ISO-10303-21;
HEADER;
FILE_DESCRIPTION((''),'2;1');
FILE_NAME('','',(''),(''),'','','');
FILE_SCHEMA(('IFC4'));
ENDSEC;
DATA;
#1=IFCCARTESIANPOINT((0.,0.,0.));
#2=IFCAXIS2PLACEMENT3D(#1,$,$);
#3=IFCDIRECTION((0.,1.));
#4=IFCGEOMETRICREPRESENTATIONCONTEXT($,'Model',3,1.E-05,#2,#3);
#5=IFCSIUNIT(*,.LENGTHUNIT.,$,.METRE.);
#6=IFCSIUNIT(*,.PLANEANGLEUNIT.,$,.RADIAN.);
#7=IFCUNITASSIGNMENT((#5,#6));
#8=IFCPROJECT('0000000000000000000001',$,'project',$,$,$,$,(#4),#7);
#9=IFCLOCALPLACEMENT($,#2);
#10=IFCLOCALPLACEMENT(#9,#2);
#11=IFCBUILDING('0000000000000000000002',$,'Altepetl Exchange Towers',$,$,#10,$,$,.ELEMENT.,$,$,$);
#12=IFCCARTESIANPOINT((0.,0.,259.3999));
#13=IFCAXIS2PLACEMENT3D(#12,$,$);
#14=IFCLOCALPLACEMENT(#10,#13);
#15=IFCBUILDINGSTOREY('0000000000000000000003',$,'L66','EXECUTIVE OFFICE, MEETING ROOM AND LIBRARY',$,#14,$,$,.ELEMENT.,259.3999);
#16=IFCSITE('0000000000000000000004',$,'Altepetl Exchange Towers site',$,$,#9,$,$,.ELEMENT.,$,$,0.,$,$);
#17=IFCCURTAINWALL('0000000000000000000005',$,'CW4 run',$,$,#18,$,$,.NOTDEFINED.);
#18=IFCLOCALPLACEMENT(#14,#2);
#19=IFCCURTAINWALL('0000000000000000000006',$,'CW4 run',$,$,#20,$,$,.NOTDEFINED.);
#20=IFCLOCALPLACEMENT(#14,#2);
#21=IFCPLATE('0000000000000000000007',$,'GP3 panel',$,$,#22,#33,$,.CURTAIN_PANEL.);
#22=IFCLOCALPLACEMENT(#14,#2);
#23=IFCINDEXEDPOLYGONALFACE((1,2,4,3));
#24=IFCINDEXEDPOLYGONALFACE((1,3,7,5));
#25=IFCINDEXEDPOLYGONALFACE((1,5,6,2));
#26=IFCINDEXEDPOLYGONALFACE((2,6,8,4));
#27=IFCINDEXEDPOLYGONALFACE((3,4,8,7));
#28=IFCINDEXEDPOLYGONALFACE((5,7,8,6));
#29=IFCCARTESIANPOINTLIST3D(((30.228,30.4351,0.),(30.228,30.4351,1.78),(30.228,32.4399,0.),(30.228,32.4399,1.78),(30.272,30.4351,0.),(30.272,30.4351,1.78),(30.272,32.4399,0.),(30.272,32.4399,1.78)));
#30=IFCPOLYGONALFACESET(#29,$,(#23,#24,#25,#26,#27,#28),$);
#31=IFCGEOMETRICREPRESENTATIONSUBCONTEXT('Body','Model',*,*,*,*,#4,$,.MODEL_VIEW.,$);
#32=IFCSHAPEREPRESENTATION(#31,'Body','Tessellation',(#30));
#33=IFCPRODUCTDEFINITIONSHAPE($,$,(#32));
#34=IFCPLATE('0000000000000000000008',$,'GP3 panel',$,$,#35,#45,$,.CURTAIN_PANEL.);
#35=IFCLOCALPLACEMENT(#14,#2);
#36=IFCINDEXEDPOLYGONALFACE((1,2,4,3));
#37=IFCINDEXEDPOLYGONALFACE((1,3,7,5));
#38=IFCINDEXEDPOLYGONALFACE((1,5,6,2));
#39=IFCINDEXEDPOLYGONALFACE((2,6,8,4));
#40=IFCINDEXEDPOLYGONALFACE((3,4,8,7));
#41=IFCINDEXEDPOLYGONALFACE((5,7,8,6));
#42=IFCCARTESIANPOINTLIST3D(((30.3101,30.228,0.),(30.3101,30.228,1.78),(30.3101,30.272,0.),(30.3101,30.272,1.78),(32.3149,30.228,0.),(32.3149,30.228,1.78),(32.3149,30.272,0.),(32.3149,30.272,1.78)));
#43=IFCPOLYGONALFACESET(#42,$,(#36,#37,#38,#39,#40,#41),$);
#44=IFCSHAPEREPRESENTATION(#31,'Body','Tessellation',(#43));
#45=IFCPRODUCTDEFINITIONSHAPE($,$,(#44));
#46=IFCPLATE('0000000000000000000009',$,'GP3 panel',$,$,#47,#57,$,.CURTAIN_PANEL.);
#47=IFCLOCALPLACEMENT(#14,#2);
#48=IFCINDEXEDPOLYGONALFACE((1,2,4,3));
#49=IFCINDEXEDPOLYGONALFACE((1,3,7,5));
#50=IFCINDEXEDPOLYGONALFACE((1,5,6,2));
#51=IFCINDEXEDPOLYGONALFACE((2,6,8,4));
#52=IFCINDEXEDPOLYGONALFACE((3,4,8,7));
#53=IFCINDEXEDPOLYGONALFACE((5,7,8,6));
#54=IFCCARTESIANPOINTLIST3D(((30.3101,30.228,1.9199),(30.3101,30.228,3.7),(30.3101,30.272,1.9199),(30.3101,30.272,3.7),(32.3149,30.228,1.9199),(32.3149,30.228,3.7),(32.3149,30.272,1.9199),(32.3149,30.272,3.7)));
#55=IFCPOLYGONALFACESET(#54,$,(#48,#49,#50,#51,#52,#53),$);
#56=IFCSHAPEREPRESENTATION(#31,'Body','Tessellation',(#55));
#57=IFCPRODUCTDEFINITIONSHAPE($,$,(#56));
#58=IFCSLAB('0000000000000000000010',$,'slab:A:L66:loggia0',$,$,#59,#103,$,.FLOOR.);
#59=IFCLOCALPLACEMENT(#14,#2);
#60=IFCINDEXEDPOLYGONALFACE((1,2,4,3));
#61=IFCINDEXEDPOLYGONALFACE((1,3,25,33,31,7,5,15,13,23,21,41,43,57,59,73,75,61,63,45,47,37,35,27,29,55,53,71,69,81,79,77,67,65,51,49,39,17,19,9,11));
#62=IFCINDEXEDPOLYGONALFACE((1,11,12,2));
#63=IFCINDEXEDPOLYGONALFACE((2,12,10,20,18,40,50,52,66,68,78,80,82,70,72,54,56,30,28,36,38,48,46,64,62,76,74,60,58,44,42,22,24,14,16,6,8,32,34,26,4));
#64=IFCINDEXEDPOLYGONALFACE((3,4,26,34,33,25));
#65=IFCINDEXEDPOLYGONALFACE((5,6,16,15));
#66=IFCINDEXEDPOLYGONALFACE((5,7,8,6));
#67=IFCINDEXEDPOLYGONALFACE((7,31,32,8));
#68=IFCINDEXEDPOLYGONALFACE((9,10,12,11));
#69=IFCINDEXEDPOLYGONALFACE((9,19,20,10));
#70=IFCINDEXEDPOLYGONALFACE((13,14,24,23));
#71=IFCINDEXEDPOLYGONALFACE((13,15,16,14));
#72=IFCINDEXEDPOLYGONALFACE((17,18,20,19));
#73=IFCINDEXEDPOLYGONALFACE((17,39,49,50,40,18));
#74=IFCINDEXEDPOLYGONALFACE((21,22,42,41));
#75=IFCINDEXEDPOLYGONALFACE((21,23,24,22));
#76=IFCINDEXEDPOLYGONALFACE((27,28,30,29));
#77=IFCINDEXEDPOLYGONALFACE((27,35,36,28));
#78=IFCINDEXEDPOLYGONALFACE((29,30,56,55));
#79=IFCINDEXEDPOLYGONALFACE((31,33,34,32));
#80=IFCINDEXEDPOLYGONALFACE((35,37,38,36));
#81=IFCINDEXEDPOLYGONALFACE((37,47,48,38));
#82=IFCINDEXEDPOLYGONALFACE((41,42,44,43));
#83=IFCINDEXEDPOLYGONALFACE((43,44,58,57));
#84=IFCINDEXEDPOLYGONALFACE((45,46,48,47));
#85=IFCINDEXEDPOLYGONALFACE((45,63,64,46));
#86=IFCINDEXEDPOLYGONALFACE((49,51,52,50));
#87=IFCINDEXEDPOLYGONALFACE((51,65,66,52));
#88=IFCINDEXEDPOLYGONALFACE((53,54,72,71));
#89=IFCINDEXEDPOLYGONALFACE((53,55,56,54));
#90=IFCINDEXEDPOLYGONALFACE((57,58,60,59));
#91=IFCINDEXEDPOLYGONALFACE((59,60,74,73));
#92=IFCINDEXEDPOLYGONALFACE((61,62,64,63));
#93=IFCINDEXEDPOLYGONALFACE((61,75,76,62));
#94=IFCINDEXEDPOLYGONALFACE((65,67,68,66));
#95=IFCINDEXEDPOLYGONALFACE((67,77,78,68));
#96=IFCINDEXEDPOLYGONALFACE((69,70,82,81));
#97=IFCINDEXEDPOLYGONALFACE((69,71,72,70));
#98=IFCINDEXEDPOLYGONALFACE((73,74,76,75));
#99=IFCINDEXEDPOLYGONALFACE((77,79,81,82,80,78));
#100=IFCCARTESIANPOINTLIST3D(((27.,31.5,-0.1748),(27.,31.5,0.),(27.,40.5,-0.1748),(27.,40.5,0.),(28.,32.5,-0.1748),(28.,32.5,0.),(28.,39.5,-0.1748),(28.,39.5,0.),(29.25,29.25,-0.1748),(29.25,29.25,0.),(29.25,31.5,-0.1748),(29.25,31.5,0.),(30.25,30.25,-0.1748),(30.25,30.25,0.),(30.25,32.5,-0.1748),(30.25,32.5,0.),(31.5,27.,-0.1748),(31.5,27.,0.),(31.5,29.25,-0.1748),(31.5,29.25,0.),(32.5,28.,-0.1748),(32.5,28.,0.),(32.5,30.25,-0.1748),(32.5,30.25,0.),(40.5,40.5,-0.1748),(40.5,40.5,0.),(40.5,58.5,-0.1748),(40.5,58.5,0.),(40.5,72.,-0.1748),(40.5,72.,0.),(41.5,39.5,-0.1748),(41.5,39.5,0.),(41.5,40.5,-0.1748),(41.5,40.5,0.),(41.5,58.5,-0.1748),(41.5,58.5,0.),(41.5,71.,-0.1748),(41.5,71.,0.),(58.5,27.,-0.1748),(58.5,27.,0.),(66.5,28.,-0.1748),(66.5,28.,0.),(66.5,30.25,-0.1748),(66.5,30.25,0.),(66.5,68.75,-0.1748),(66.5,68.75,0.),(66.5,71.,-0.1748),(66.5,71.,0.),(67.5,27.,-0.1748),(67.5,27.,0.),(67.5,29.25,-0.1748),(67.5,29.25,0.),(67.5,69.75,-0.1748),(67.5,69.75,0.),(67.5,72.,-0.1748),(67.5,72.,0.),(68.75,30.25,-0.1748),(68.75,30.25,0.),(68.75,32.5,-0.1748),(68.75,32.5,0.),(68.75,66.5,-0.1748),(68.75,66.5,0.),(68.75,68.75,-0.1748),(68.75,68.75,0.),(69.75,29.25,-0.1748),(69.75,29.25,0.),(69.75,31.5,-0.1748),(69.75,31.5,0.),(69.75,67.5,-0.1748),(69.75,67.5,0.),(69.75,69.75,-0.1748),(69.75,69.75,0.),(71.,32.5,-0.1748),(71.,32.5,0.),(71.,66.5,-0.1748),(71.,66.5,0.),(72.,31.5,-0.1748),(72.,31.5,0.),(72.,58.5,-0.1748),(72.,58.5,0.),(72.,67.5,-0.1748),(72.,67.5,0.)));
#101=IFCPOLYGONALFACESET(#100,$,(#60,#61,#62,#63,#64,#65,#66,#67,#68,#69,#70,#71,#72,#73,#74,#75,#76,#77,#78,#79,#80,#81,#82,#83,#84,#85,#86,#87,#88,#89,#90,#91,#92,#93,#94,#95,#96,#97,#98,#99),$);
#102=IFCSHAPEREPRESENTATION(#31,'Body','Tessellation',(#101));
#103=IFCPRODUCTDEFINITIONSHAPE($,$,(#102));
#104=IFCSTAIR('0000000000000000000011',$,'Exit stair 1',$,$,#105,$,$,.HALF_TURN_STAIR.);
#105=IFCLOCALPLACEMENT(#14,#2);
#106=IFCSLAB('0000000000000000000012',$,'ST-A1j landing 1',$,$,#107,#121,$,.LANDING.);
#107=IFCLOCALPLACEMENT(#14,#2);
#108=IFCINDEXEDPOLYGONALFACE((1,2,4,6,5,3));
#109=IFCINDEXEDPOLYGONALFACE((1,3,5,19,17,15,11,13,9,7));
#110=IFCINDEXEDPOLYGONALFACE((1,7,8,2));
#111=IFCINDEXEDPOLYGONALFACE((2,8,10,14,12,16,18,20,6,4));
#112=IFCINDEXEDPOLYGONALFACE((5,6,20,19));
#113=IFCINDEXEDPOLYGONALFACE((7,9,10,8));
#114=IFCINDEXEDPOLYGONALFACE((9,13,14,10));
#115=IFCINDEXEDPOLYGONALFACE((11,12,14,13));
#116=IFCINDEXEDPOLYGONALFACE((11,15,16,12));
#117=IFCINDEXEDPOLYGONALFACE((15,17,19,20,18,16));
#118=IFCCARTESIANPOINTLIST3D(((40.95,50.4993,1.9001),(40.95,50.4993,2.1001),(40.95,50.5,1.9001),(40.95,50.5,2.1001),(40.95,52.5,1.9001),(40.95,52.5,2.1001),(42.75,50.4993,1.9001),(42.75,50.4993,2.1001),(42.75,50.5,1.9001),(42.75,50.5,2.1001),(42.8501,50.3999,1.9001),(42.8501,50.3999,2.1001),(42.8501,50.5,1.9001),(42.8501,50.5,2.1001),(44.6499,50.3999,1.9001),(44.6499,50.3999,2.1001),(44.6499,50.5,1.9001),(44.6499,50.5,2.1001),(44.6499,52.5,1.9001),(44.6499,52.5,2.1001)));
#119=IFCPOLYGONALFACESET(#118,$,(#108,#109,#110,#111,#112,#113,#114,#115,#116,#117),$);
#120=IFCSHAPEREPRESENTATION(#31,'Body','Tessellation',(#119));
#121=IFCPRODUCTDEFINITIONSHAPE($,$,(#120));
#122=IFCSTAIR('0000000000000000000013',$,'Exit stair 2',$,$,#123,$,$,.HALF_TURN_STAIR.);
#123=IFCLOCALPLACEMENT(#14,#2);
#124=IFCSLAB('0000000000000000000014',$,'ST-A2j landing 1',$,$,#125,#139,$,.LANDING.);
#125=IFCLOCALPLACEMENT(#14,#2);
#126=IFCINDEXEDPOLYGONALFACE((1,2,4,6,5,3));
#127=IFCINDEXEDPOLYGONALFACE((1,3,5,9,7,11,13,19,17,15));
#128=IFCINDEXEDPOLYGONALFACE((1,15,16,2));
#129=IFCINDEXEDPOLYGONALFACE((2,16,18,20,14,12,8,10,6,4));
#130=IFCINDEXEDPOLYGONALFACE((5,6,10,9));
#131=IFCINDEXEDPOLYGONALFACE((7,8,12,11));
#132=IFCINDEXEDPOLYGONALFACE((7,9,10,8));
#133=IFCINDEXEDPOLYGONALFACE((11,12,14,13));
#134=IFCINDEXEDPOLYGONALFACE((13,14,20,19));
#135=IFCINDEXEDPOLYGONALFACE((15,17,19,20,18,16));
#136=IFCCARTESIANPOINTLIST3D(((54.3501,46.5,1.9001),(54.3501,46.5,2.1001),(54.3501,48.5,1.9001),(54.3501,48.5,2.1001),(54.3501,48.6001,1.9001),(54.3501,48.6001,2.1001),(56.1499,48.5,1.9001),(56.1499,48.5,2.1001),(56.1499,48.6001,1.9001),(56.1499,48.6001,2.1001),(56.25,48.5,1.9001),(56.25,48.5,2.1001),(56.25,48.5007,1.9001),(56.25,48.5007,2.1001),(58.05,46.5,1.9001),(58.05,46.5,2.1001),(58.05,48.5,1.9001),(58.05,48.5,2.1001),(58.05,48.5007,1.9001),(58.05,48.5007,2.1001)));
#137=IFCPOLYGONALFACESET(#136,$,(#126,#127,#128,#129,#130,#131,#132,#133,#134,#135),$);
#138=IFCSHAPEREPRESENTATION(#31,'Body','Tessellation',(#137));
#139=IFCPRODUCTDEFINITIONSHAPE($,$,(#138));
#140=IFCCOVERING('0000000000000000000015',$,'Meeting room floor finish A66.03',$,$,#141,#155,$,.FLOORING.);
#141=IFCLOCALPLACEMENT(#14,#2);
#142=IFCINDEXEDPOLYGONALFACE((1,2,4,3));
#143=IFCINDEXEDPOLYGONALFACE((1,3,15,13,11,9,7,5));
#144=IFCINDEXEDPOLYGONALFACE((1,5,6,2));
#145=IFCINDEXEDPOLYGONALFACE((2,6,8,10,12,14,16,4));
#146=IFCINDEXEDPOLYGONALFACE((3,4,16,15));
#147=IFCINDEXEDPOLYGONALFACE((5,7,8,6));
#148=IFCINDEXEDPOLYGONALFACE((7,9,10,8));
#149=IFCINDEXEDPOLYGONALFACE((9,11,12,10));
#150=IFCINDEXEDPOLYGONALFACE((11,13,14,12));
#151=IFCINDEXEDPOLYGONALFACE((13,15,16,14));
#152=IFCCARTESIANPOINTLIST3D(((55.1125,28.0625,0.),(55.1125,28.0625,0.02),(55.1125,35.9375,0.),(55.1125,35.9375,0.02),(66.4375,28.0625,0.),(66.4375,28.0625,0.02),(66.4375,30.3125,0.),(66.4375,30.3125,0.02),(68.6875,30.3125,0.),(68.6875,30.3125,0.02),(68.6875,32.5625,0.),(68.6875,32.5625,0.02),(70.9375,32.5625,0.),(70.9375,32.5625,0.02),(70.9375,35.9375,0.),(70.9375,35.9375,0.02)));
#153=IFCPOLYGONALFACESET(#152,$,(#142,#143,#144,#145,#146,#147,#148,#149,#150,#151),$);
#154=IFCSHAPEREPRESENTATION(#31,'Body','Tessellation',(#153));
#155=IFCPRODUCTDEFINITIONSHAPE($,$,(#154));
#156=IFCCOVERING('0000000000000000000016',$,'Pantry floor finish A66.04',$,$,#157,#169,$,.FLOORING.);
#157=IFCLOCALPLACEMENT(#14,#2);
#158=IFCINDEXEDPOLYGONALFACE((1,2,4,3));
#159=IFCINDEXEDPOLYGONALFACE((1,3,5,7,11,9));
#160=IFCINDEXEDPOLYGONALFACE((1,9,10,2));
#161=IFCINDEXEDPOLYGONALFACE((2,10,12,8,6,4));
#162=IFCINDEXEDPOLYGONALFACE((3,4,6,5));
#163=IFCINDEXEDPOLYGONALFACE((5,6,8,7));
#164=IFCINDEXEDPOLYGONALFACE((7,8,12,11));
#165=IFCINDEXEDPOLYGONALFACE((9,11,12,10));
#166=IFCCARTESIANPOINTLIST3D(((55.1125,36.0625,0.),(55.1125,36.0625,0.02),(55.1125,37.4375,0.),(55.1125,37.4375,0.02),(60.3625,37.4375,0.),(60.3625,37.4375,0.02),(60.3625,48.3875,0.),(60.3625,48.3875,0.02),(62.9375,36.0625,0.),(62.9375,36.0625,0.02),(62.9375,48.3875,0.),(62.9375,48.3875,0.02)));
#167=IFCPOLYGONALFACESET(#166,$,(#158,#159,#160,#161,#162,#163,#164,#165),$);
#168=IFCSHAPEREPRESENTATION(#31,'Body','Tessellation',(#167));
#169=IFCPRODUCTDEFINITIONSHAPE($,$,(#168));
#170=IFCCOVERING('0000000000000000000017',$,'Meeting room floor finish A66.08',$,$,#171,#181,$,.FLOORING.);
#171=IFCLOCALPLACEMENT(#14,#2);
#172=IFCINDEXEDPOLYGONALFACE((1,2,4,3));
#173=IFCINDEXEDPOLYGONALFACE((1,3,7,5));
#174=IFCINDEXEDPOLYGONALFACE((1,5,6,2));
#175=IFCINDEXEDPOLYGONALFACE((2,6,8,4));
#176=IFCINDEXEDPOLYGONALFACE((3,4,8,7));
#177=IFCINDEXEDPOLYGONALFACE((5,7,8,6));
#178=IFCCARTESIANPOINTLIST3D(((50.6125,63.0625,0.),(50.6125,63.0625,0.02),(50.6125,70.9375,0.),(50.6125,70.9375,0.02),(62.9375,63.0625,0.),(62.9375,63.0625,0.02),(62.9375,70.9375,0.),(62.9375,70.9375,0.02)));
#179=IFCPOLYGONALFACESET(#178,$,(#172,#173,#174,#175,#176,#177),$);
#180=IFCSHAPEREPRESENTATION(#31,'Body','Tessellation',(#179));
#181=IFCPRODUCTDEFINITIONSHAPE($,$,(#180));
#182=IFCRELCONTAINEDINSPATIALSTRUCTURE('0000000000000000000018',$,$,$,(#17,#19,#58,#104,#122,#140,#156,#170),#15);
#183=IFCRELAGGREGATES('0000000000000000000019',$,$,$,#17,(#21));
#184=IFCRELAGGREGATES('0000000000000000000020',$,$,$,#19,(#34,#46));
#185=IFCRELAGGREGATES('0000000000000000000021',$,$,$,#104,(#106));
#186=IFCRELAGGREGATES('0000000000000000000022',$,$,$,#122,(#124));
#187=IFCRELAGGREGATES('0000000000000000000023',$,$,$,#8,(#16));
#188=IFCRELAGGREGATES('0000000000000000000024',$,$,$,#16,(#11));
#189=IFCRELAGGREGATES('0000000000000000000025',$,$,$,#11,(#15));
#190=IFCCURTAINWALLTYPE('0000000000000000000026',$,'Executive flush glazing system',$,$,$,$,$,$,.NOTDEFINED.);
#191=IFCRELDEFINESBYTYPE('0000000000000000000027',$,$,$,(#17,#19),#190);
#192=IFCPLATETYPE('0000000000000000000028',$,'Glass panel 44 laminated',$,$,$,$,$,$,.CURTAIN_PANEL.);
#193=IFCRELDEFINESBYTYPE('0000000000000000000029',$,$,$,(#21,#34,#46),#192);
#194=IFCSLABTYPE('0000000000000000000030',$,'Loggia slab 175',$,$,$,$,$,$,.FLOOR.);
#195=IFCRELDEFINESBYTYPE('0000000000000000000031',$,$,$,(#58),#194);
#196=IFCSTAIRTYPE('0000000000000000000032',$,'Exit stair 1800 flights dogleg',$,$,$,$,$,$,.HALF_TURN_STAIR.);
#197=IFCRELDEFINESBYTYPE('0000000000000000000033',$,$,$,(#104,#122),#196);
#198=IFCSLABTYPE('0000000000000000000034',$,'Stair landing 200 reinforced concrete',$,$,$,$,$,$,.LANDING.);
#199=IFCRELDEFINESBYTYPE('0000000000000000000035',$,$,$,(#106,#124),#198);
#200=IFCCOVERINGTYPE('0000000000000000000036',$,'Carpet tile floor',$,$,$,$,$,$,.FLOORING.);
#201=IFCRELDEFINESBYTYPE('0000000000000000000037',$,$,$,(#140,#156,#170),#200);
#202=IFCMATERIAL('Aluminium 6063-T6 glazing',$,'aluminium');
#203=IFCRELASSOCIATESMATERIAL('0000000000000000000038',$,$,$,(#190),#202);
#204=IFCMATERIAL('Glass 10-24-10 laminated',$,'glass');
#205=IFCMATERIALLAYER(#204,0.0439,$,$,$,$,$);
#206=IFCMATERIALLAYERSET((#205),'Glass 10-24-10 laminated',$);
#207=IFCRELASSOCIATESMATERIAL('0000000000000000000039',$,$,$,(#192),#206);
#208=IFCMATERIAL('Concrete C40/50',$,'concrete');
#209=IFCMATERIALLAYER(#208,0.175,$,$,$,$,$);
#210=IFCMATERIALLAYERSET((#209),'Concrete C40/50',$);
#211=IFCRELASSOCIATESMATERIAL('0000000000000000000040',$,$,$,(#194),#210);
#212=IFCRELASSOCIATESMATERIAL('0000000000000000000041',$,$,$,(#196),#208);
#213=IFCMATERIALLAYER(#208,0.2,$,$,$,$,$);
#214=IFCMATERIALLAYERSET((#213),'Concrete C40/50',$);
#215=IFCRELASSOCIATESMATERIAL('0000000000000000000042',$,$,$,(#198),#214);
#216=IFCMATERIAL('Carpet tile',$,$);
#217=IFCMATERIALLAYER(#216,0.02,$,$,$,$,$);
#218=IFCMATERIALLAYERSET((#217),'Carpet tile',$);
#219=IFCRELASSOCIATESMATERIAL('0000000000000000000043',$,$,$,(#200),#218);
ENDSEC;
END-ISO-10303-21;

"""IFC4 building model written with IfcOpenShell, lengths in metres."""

from ifc_helpers import new_model, si_unit, direction, frame, origin, origin_2d, place, context, subcontext, project, spatial, polyline, rectangle, outline, extrude, material, layer, layer_set, type_object, element, aggregate, save


model = new_model("IFC4")

# Units and contexts
model_context = context("Model", 3, precision=1e-05, world=origin(), true_north=direction((0.0, 1.0)))
body_context = subcontext(model_context, "Body", "Model", "MODEL_VIEW")
ifc_project = project(units=[si_unit("LENGTHUNIT", "METRE"), si_unit("PLANEANGLEUNIT", "RADIAN")], contexts=[model_context])

# Site, building, storey
site_placement = place(None, origin())
site = spatial("IfcSite", under=ifc_project, at=site_placement, Name="Altepetl Exchange Towers site", CompositionType="ELEMENT", RefElevation=0.0)
building_placement = place(site_placement, origin())
building = spatial("IfcBuilding", under=site, at=building_placement, Name="Altepetl Exchange Towers", CompositionType="ELEMENT")
storey_placement = place(building_placement, frame((0.0, 0.0, 259.3999)))
storey = spatial("IfcBuildingStorey", under=building, at=storey_placement, Name="L66", Description="EXECUTIVE OFFICE, MEETING ROOM AND LIBRARY", CompositionType="ELEMENT", Elevation=259.3999)

# Curtain walls
ifc_material_1 = material(Name="Aluminium 6063-T6 glazing", Category="aluminium")
curtain_wall_type = type_object("IfcCurtainWallType", Name="Executive flush glazing system", PredefinedType="NOTDEFINED", material=ifc_material_1)
curtain_wall_1_placement = place(storey_placement, origin())
curtain_wall_1 = element("IfcCurtainWall", 1, at=curtain_wall_1_placement, inside=storey, type_object=curtain_wall_type, Name="CW4 run", PredefinedType="NOTDEFINED")
curtain_wall_2_placement = place(storey_placement, origin())
curtain_wall_2 = element("IfcCurtainWall", 2, at=curtain_wall_2_placement, inside=storey, type_object=curtain_wall_type, Name="CW4 run", PredefinedType="NOTDEFINED")

# Shared definitions
ifc_material_2 = material(Name="Concrete C40/50", Category="concrete")

# Plates
ifc_material_3 = material(Name="Glass 10-24-10 laminated", Category="glass")
ifc_layer_1 = layer(ifc_material_3, 0.0439)
ifc_layer_set_1 = layer_set([ifc_layer_1], Name="Glass 10-24-10 laminated")
plate_type = type_object("IfcPlateType", Name="Glass panel 44 laminated", PredefinedType="CURTAIN_PANEL", material=ifc_layer_set_1)
plate_1_placement = place(storey_placement, frame((30.25, 31.4375, 0.0), z_axis=(0.0, 0.0, 1.0), x_axis=(0.0, -1.0, 0.0)))
plate_1 = element("IfcPlate", 3, at=plate_1_placement, type_object=plate_type, Name="GP3 panel", PredefinedType="CURTAIN_PANEL", context=body_context, shape_type="SweptSolid", body=[
    extrude(rectangle(XDim=2.0049, YDim=0.0439, at=origin_2d()), origin(), (0.0, 0.0, 1.0), 1.78),
])
aggregate(curtain_wall_1, [plate_1])
plate_2_placement = place(storey_placement, frame((31.3125, 30.25, 0.0)))
plate_2 = element("IfcPlate", 4, at=plate_2_placement, type_object=plate_type, Name="GP3 panel", PredefinedType="CURTAIN_PANEL", context=body_context, shape_type="SweptSolid", body=[
    extrude(rectangle(XDim=2.0049, YDim=0.0439, at=origin_2d()), origin(), (0.0, 0.0, 1.0), 1.78),
])
plate_3_placement = place(storey_placement, frame((31.3125, 30.25, 1.9199)))
plate_3 = element("IfcPlate", 5, at=plate_3_placement, type_object=plate_type, Name="GP3 panel", PredefinedType="CURTAIN_PANEL", context=body_context, shape_type="SweptSolid", body=[
    extrude(rectangle(XDim=2.0049, YDim=0.0439, at=origin_2d()), origin(), (0.0, 0.0, 1.0), 1.78),
])
aggregate(curtain_wall_2, [plate_2, plate_3])

# Slab
ifc_layer_2 = layer(ifc_material_2, 0.175)
ifc_layer_set_2 = layer_set([ifc_layer_2], Name="Concrete C40/50")
slab_type_1 = type_object("IfcSlabType", Name="Loggia slab 175", PredefinedType="FLOOR", material=ifc_layer_set_2)
slab_1_placement = place(storey_placement, frame((0.0, 0.0, -0.1748)))
element("IfcSlab", 6, at=slab_1_placement, inside=storey, type_object=slab_type_1, Name="slab:A:L66:loggia0", PredefinedType="FLOOR", context=body_context, shape_type="SweptSolid", body=[
    extrude(outline(polyline([(40.5, 72.0), (40.5, 58.5), (41.5, 58.5), (41.5, 71.0), (66.5, 71.0), (66.5, 68.75), (68.75, 68.75), (68.75, 66.5), (71.0, 66.5), (71.0, 32.5), (68.75, 32.5), (68.75, 30.25), (66.5, 30.25), (66.5, 28.0), (32.5, 28.0), (32.5, 30.25), (30.25, 30.25), (30.25, 32.5), (28.0, 32.5), (28.0, 39.5), (41.5, 39.5), (41.5, 40.5), (40.5, 40.5), (27.0, 40.5), (27.0, 31.5), (29.25, 31.5), (29.25, 29.25), (31.5, 29.25), (31.5, 27.0), (58.5, 27.0), (67.5, 27.0), (67.5, 29.25), (69.75, 29.25), (69.75, 31.5), (72.0, 31.5), (72.0, 58.5), (72.0, 67.5), (69.75, 67.5), (69.75, 69.75), (67.5, 69.75), (67.5, 72.0), (40.5, 72.0)])), origin(), (0.0, 0.0, 1.0), 0.1748),
])

# Stairs, slabs
stair_type = type_object("IfcStairType", Name="Exit stair 1800 flights dogleg", PredefinedType="HALF_TURN_STAIR", material=ifc_material_2)
stair_1_placement = place(storey_placement, origin())
stair_1 = element("IfcStair", 7, at=stair_1_placement, inside=storey, type_object=stair_type, Name="Exit stair 1", PredefinedType="HALF_TURN_STAIR")
ifc_layer_3 = layer(ifc_material_2, 0.2)
ifc_layer_set_3 = layer_set([ifc_layer_3], Name="Concrete C40/50")
slab_type_2 = type_object("IfcSlabType", Name="Stair landing 200 reinforced concrete", PredefinedType="LANDING", material=ifc_layer_set_3)
slab_2_placement = place(storey_placement, frame((0.0, 0.0, 1.9001)))
slab_2 = element("IfcSlab", 8, at=slab_2_placement, type_object=slab_type_2, Name="ST-A1j landing 1", PredefinedType="LANDING", context=body_context, shape_type="SweptSolid", body=[
    extrude(outline(polyline([(44.6499, 50.3999), (42.8501, 50.3999), (42.8501, 50.5), (42.75, 50.5), (42.75, 50.4993), (40.95, 50.4993), (40.95, 50.5), (40.95, 52.5), (44.6499, 52.5), (44.6499, 50.5), (44.6499, 50.3999)])), origin(), (0.0, 0.0, 1.0), 0.2),
])
aggregate(stair_1, [slab_2])
stair_2_placement = place(storey_placement, origin())
stair_2 = element("IfcStair", 9, at=stair_2_placement, inside=storey, type_object=stair_type, Name="Exit stair 2", PredefinedType="HALF_TURN_STAIR")
slab_3_placement = place(storey_placement, frame((0.0, 0.0, 1.9001)))
slab_3 = element("IfcSlab", 10, at=slab_3_placement, type_object=slab_type_2, Name="ST-A2j landing 1", PredefinedType="LANDING", context=body_context, shape_type="SweptSolid", body=[
    extrude(outline(polyline([(58.05, 46.5), (54.3501, 46.5), (54.3501, 48.5), (54.3501, 48.6001), (56.1499, 48.6001), (56.1499, 48.5), (56.25, 48.5), (56.25, 48.5007), (58.05, 48.5007), (58.05, 48.5), (58.05, 46.5)])), origin(), (0.0, 0.0, 1.0), 0.2),
])
aggregate(stair_2, [slab_3])

# Coverings
ifc_material_4 = material(Name="Carpet tile")
ifc_layer_4 = layer(ifc_material_4, 0.02)
ifc_layer_set_4 = layer_set([ifc_layer_4], Name="Carpet tile")
covering_type_1 = type_object("IfcCoveringType", Name="Carpet tile floor", PredefinedType="FLOORING", material=ifc_layer_set_4)
covering_1_placement = place(storey_placement, origin())
element("IfcCovering", 11, at=covering_1_placement, inside=storey, type_object=covering_type_1, Name="Meeting room floor finish A66.03", PredefinedType="FLOORING", context=body_context, shape_type="SweptSolid", body=[
    extrude(outline(polyline([(68.6875, 30.3125), (68.6875, 32.5625), (70.9375, 32.5625), (70.9375, 35.9375), (55.1125, 35.9375), (55.1125, 28.0625), (66.4375, 28.0625), (66.4375, 30.3125), (68.6875, 30.3125)])), origin(), (0.0, 0.0, 1.0), 0.02),
])
covering_2_placement = place(storey_placement, origin())
element("IfcCovering", 12, at=covering_2_placement, inside=storey, type_object=covering_type_1, Name="Pantry floor finish A66.04", PredefinedType="FLOORING", context=body_context, shape_type="SweptSolid", body=[
    extrude(outline(polyline([(55.1125, 36.0625), (62.9375, 36.0625), (62.9375, 48.3875), (60.3625, 48.3875), (60.3625, 37.4375), (55.1125, 37.4375), (55.1125, 36.0625)])), origin(), (0.0, 0.0, 1.0), 0.02),
])
covering_3_placement = place(storey_placement, origin())
element("IfcCovering", 13, at=covering_3_placement, inside=storey, type_object=covering_type_1, Name="Meeting room floor finish A66.08", PredefinedType="FLOORING", context=body_context, shape_type="SweptSolid", body=[
    extrude(outline(polyline([(50.6125, 63.0625), (62.9375, 63.0625), (62.9375, 70.9375), (50.6125, 70.9375), (50.6125, 63.0625)])), origin(), (0.0, 0.0, 1.0), 0.02),
])

save(model, "model.ifc")
